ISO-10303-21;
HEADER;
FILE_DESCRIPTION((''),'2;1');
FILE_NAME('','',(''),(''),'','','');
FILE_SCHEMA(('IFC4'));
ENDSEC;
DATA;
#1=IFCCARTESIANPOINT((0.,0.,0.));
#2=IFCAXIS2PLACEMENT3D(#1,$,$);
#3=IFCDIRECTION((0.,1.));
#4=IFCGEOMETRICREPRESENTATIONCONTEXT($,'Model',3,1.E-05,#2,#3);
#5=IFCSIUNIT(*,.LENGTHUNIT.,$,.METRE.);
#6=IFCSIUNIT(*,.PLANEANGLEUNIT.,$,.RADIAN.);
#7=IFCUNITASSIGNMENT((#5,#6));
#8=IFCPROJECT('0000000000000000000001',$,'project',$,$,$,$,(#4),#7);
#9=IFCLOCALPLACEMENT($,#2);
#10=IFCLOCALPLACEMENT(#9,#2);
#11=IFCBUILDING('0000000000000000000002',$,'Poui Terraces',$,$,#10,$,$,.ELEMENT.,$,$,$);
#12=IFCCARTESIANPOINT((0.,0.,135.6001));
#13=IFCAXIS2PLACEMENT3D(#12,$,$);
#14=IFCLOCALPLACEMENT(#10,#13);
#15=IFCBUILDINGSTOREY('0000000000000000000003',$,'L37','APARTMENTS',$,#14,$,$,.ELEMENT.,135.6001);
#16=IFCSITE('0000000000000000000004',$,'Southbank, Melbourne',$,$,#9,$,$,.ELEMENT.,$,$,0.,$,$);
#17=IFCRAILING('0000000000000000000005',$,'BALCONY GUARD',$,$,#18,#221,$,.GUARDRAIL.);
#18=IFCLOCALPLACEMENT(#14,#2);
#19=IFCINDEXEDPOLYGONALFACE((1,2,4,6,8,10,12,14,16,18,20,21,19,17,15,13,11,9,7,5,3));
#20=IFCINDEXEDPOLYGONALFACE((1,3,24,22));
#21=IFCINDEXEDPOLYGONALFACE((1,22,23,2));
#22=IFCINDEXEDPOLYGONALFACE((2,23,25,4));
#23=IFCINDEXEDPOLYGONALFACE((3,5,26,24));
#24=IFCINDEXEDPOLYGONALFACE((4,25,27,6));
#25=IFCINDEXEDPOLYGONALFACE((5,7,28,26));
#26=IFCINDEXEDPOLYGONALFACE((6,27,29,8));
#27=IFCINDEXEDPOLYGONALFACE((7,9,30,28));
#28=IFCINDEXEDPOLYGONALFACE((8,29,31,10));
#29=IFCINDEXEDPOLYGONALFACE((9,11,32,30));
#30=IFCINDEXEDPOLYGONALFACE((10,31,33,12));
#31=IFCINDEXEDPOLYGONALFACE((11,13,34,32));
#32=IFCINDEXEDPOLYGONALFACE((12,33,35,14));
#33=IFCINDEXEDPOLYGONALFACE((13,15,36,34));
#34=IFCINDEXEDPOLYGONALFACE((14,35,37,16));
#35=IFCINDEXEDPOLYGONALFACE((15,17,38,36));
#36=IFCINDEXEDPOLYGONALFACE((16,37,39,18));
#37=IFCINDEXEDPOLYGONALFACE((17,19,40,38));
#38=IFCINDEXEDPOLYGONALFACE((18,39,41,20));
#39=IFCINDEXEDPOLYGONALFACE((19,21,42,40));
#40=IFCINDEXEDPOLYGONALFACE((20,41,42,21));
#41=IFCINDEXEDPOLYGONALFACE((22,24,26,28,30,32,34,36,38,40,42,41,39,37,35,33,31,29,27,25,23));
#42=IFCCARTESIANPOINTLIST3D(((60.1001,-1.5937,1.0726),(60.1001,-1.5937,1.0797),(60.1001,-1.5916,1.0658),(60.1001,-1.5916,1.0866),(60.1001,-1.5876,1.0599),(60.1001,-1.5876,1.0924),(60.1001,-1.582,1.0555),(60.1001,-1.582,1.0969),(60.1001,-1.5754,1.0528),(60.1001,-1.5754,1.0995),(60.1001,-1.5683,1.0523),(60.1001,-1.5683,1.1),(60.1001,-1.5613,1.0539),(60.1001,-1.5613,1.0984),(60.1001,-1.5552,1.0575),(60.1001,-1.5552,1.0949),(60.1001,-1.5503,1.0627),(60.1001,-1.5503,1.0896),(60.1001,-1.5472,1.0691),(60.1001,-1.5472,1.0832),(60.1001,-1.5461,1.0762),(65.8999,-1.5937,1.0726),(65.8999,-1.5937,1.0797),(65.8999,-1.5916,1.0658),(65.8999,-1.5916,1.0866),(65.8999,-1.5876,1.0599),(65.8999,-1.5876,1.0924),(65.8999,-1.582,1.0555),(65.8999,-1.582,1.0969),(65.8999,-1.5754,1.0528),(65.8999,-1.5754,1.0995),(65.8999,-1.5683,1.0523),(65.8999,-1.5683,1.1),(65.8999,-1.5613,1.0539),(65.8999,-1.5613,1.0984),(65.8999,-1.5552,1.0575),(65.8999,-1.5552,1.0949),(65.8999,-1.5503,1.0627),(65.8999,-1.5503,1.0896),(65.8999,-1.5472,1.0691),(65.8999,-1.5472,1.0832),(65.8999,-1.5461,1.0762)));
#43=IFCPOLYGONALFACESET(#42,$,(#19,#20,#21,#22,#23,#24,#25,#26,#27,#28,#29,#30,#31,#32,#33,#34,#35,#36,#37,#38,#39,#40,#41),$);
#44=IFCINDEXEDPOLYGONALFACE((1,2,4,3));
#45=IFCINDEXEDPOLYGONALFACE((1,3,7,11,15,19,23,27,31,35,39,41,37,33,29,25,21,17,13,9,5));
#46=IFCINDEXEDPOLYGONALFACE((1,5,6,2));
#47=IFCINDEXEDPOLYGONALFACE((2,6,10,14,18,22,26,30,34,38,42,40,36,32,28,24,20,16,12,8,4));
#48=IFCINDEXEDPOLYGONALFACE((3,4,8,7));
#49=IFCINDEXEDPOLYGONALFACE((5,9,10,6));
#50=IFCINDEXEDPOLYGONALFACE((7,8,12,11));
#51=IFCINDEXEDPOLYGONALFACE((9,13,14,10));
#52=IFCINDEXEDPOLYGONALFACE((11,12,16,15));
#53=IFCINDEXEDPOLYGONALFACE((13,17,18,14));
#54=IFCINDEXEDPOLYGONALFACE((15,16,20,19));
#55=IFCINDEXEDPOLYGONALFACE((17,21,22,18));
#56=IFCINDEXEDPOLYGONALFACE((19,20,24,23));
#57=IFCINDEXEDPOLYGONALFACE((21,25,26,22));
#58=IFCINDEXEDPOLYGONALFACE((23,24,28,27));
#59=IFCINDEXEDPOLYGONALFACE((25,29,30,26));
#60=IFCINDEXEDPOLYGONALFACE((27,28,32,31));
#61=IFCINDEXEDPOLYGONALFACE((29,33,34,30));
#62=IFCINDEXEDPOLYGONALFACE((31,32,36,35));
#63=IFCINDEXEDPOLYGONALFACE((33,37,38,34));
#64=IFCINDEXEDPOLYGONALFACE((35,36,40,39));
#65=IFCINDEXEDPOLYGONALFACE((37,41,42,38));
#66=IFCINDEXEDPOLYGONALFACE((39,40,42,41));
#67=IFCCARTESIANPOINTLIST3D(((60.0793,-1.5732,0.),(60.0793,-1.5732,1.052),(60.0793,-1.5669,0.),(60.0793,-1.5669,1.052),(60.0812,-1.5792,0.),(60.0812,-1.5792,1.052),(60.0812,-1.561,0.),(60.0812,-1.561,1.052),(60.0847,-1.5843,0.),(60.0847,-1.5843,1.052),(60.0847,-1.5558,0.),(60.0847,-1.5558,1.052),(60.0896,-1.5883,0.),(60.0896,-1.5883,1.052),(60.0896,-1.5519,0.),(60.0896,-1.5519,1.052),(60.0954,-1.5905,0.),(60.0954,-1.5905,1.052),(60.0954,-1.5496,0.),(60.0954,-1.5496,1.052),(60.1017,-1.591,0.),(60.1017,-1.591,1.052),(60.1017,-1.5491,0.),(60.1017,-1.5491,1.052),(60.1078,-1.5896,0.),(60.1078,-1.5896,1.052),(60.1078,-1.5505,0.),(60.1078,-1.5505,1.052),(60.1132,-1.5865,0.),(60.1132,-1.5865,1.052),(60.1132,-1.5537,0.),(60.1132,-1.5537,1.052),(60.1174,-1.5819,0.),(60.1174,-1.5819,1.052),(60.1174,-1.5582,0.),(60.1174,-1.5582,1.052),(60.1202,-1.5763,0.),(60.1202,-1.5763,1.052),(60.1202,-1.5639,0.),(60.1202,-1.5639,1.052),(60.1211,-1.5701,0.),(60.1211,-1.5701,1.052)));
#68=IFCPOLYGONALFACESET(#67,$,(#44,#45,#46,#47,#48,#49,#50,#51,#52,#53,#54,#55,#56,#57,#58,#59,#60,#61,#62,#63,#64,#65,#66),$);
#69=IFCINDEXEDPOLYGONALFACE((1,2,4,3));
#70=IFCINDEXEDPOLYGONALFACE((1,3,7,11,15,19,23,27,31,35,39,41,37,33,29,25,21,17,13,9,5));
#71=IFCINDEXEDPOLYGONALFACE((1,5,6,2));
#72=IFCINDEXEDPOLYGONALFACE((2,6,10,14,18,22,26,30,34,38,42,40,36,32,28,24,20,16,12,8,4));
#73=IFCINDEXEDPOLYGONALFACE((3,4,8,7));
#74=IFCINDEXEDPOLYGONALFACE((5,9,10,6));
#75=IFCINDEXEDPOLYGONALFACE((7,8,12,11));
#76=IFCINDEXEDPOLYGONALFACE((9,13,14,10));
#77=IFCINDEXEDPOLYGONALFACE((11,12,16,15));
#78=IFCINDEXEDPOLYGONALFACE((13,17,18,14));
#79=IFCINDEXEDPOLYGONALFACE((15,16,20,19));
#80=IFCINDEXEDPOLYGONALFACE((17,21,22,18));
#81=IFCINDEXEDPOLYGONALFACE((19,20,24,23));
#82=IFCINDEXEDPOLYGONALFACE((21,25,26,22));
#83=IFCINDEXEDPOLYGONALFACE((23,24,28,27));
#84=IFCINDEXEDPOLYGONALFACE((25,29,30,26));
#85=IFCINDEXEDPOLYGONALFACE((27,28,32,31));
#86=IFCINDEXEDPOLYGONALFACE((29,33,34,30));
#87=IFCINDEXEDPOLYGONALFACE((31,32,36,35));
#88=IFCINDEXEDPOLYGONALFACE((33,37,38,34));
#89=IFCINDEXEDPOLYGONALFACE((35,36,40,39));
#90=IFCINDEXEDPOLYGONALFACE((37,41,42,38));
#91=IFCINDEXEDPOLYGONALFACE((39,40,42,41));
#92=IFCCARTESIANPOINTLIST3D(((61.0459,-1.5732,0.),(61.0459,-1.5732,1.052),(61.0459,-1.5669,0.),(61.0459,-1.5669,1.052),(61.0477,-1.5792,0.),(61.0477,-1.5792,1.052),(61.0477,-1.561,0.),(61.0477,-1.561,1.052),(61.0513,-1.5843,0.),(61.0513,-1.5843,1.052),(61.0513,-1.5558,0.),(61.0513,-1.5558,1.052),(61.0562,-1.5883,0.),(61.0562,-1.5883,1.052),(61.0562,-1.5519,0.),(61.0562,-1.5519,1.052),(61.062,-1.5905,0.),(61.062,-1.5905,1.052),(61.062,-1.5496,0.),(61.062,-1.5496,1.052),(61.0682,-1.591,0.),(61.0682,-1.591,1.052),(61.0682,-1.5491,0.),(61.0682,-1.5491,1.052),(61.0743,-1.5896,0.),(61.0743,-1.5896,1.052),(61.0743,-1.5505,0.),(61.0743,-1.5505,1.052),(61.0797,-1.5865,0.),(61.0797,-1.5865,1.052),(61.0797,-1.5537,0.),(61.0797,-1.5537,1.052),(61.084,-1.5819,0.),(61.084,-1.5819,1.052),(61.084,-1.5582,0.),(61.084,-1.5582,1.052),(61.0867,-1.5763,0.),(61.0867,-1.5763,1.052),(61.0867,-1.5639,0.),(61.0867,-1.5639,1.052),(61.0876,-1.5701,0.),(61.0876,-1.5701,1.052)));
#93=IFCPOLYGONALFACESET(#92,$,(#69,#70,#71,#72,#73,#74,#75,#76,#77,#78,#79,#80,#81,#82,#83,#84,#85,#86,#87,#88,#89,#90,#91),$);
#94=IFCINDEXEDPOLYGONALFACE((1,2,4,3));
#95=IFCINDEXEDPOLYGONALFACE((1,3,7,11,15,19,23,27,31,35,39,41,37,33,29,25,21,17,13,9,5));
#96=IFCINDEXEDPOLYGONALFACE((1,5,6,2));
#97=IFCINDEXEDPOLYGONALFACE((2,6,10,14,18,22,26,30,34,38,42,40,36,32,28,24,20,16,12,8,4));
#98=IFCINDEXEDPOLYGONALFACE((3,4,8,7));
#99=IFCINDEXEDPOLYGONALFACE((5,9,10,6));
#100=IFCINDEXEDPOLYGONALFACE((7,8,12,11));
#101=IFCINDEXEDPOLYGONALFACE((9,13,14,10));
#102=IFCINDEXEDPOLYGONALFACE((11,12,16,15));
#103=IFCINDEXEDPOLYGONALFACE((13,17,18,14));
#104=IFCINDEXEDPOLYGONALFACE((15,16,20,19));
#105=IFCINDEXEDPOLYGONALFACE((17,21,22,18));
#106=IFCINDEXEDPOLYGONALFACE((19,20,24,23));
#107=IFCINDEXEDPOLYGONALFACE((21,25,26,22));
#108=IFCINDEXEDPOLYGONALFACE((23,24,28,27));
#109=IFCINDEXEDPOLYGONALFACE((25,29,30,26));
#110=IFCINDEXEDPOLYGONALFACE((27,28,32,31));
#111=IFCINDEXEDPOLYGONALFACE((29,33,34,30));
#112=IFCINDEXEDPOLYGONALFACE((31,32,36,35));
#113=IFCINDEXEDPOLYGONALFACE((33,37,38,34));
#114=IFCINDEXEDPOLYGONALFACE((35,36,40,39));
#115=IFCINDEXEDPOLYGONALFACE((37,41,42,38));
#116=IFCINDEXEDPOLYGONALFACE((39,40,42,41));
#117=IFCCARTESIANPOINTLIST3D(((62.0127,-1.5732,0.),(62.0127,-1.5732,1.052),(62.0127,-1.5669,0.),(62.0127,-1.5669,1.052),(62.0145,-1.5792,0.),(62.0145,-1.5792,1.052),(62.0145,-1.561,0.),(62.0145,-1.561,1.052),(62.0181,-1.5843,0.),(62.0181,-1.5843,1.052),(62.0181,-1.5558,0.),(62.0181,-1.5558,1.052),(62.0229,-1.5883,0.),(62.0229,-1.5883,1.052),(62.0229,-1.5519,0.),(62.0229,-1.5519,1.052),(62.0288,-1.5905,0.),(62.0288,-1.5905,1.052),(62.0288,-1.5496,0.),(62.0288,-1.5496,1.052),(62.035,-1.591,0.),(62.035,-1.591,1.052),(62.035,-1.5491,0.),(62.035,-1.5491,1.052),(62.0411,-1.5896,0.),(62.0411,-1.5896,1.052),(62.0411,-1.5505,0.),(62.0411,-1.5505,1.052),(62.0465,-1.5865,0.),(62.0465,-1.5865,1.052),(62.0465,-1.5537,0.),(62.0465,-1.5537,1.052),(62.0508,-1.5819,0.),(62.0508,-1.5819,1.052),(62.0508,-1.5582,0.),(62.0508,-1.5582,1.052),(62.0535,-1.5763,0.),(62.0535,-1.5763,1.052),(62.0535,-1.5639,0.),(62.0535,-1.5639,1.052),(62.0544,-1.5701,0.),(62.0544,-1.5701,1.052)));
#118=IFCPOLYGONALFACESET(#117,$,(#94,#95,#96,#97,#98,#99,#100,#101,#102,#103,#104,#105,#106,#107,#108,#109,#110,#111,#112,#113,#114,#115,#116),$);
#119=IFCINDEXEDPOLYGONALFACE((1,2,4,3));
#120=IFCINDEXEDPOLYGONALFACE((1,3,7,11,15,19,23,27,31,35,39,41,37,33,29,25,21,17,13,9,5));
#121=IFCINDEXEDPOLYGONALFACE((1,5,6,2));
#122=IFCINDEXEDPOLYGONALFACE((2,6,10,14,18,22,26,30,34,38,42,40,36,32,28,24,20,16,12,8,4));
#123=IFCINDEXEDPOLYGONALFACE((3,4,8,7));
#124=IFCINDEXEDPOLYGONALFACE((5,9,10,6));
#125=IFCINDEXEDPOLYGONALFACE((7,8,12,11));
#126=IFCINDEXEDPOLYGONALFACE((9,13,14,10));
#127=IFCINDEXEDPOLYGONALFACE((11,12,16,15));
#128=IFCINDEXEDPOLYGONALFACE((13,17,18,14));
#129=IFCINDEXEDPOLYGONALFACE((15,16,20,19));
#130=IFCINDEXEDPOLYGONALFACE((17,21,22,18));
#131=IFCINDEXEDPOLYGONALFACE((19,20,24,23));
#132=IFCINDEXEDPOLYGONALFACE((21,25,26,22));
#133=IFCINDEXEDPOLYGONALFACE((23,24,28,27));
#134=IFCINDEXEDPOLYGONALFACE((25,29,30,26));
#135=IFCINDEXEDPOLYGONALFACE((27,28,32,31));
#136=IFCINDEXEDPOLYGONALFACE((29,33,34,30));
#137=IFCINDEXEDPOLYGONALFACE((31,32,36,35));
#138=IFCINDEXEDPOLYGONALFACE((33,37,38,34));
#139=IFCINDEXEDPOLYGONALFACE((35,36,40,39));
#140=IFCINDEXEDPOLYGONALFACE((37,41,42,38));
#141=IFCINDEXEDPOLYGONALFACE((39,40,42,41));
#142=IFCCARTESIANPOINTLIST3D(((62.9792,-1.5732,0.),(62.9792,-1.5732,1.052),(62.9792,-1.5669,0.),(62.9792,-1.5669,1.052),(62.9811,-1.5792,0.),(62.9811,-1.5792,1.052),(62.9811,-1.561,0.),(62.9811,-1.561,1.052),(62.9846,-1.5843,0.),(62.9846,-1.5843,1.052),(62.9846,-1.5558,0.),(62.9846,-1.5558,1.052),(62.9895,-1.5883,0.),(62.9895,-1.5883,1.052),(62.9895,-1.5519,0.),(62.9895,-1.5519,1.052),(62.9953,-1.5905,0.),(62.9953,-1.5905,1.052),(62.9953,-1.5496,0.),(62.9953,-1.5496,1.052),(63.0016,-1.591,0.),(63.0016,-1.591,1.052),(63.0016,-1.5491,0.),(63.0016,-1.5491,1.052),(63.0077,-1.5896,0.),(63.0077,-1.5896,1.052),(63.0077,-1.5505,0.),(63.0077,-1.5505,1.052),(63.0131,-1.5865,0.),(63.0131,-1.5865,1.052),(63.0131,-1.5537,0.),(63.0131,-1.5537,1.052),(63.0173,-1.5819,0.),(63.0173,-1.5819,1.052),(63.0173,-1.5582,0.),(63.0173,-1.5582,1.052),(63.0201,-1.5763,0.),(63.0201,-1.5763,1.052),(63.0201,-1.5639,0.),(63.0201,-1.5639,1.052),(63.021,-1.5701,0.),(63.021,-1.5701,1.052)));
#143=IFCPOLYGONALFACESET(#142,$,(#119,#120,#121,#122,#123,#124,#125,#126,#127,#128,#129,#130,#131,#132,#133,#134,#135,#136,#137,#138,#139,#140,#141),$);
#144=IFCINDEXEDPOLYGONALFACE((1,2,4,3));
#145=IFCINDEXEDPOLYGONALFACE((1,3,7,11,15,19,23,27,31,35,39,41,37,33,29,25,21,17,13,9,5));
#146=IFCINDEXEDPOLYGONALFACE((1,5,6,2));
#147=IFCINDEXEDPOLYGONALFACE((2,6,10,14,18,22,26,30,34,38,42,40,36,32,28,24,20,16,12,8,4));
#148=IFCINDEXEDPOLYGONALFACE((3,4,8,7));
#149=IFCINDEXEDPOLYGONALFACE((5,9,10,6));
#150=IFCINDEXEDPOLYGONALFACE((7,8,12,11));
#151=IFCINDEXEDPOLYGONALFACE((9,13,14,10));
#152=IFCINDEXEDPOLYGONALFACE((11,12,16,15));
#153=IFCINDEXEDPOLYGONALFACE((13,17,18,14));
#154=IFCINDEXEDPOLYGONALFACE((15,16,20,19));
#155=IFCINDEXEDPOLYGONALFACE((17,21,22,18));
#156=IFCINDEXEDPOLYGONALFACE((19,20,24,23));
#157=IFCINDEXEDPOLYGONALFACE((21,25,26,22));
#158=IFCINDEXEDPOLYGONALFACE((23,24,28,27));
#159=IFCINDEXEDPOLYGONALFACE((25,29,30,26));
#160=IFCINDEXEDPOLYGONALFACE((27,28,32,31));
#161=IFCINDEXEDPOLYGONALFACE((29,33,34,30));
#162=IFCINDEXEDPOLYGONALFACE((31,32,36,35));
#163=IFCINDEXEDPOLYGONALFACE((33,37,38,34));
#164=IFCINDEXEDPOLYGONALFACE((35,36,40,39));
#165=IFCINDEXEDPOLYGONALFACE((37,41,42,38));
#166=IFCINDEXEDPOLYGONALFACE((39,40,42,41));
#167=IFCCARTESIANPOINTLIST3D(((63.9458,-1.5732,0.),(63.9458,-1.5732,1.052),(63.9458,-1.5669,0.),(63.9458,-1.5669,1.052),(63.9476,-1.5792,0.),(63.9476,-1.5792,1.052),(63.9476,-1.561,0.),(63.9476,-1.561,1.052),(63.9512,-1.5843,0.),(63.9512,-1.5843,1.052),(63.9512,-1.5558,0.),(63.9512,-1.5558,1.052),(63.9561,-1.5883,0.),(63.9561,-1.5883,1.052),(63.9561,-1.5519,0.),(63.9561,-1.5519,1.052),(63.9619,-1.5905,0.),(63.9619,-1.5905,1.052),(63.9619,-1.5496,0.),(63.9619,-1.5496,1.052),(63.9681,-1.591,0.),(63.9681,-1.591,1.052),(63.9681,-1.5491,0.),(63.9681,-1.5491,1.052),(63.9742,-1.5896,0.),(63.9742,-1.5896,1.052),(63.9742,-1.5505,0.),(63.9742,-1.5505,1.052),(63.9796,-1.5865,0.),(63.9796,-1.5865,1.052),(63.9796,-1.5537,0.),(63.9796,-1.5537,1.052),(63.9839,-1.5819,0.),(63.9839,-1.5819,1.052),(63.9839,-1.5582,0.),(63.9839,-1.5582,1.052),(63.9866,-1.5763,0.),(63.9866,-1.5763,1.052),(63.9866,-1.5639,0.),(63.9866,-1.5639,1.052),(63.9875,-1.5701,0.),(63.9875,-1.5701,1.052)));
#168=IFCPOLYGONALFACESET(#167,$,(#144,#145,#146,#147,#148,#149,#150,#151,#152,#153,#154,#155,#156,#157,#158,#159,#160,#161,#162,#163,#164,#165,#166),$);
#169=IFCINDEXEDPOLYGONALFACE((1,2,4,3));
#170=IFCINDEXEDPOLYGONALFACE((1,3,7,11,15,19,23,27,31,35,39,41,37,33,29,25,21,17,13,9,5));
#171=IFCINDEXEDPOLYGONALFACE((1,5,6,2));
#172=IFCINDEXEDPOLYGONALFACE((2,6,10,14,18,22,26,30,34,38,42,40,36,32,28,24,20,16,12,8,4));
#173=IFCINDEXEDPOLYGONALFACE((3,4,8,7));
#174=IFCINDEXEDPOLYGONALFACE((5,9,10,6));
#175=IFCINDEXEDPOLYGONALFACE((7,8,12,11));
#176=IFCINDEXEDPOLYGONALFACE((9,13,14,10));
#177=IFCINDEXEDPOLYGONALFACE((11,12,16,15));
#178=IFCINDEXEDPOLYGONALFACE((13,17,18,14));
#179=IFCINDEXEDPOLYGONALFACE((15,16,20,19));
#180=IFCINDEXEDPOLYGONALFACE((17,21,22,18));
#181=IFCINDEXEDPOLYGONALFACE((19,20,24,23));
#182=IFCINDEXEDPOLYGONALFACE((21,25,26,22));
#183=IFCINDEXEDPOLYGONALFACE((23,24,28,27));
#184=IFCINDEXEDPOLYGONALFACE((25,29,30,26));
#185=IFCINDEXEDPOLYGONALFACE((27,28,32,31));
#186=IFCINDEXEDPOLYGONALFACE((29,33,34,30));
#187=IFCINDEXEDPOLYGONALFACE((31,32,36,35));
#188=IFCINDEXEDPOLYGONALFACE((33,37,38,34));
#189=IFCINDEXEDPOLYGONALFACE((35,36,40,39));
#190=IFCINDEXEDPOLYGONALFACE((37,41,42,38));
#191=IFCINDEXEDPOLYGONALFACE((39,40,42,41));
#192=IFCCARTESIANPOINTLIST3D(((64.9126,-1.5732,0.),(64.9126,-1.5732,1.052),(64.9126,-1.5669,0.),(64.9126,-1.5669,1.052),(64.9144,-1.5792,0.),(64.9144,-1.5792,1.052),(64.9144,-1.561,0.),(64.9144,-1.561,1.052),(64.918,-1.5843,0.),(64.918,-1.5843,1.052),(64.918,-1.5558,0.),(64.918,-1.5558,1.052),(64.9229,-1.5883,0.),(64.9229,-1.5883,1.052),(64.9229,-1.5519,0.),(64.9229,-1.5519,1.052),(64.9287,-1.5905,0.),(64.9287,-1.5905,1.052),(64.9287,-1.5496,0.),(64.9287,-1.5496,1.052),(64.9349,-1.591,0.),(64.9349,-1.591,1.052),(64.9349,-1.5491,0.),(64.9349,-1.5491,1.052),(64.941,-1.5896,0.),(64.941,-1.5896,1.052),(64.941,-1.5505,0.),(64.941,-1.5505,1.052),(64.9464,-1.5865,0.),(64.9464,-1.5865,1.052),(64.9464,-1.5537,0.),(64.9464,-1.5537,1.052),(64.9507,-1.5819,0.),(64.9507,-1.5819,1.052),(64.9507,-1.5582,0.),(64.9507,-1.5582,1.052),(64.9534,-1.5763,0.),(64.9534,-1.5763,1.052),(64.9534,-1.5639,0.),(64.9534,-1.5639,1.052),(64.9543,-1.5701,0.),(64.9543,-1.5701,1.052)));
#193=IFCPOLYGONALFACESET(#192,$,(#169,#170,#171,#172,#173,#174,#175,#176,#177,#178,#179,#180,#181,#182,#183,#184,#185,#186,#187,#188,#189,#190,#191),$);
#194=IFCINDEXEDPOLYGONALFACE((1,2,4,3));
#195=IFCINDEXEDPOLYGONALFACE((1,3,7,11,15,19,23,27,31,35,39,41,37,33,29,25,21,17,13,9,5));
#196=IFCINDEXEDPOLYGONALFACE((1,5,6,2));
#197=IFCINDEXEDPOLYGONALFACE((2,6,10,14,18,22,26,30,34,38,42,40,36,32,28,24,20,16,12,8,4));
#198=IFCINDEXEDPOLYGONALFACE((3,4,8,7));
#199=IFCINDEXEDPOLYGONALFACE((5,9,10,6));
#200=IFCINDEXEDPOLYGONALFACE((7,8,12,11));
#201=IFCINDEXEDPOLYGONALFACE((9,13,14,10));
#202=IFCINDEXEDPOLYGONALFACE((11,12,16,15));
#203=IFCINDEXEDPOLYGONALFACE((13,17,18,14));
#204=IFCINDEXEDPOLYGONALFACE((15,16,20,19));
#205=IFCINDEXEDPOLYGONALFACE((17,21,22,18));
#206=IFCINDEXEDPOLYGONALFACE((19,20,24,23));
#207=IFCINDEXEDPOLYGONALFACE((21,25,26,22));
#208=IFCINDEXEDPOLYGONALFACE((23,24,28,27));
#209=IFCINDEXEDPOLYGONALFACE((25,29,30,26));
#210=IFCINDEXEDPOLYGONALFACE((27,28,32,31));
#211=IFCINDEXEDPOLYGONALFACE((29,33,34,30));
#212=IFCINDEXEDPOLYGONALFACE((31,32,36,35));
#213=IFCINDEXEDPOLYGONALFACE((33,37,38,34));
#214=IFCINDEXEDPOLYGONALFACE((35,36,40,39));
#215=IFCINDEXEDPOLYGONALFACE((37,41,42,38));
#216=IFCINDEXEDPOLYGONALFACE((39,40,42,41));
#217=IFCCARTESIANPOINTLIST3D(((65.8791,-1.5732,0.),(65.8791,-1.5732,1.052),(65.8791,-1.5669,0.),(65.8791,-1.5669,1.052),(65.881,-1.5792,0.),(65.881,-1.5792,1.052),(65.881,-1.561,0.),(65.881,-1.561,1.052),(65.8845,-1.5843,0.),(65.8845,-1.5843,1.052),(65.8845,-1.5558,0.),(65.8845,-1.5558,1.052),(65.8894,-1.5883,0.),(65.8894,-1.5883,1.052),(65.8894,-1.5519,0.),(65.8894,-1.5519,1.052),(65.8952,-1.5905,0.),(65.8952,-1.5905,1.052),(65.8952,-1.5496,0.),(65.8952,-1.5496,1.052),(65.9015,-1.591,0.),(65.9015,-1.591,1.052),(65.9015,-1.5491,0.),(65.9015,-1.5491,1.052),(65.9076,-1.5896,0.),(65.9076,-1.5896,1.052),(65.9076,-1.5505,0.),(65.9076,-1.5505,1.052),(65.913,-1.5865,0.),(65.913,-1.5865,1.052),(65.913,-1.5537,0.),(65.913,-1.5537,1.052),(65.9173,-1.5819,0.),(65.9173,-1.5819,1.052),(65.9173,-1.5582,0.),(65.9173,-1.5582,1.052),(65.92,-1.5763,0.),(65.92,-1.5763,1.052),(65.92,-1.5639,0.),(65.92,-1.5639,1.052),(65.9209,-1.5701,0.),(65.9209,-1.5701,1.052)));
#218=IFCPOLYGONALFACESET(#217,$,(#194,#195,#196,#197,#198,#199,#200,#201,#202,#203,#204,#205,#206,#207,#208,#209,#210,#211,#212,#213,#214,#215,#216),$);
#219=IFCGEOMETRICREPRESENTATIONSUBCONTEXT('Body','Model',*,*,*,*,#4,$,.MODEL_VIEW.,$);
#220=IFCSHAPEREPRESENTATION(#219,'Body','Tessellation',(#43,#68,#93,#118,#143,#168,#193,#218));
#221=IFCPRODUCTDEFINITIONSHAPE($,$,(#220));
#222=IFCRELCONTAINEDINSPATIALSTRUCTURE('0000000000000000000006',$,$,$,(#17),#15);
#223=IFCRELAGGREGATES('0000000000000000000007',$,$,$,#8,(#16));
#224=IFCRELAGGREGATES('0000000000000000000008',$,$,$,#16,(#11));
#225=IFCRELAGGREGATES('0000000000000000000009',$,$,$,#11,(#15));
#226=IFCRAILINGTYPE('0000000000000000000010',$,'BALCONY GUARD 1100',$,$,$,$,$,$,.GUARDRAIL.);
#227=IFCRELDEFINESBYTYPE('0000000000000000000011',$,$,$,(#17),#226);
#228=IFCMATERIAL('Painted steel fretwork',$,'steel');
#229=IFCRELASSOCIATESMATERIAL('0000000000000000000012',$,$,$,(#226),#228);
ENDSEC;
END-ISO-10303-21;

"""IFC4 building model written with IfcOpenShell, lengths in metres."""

from ifc_helpers import new_model, si_unit, direction, frame, origin, origin_2d, place, context, subcontext, project, spatial, circle, extrude, material, type_object, element, save


model = new_model("IFC4")

# Units and contexts
model_context = context("Model", 3, precision=1e-05, world=origin(), true_north=direction((0.0, 1.0)))
body_context = subcontext(model_context, "Body", "Model", "MODEL_VIEW")
ifc_project = project(units=[si_unit("LENGTHUNIT", "METRE"), si_unit("PLANEANGLEUNIT", "RADIAN")], contexts=[model_context])

# Site, building, storey
site_placement = place(None, origin())
site = spatial("IfcSite", under=ifc_project, at=site_placement, Name="Southbank, Melbourne", CompositionType="ELEMENT", RefElevation=0.0)
building_placement = place(site_placement, origin())
building = spatial("IfcBuilding", under=site, at=building_placement, Name="Poui Terraces", CompositionType="ELEMENT")
storey_placement = place(building_placement, frame((0.0, 0.0, 135.6001)))
storey = spatial("IfcBuildingStorey", under=building, at=storey_placement, Name="L37", Description="APARTMENTS", CompositionType="ELEMENT", Elevation=135.6001)

# Railing
ifc_material_1 = material(Name="Painted steel fretwork", Category="steel")
railing_type = type_object("IfcRailingType", Name="BALCONY GUARD 1100", PredefinedType="GUARDRAIL", material=ifc_material_1)
railing_placement = place(storey_placement, frame((60.1001, -1.5701, 0.0)))
element("IfcRailing", 1, at=railing_placement, inside=storey, type_object=railing_type, Name="BALCONY GUARD", PredefinedType="GUARDRAIL", context=body_context, shape_type="SweptSolid", body=[
    extrude(circle(Radius=0.0239, at=origin_2d()), frame((0.0, 0.0, 1.0762), z_axis=(1.0, 0.0, 0.0), x_axis=(0.0, 1.0, 0.0)), (0.0, 0.0, 1.0), 5.7998),
    extrude(circle(Radius=0.021, at=origin_2d()), origin(), (0.0, 0.0, 1.0), 1.052),
    extrude(circle(Radius=0.021, at=origin_2d()), frame((0.9666, 0.0, 0.0)), (0.0, 0.0, 1.0), 1.052),
    extrude(circle(Radius=0.021, at=origin_2d()), frame((1.9333, 0.0, 0.0)), (0.0, 0.0, 1.0), 1.052),
    extrude(circle(Radius=0.021, at=origin_2d()), frame((2.8999, 0.0, 0.0)), (0.0, 0.0, 1.0), 1.052),
    extrude(circle(Radius=0.021, at=origin_2d()), frame((3.8665, 0.0, 0.0)), (0.0, 0.0, 1.0), 1.052),
    extrude(circle(Radius=0.021, at=origin_2d()), frame((4.8333, 0.0, 0.0)), (0.0, 0.0, 1.0), 1.052),
    extrude(circle(Radius=0.021, at=origin_2d()), frame((5.7998, 0.0, 0.0)), (0.0, 0.0, 1.0), 1.052),
])

save(model, "model.ifc")
